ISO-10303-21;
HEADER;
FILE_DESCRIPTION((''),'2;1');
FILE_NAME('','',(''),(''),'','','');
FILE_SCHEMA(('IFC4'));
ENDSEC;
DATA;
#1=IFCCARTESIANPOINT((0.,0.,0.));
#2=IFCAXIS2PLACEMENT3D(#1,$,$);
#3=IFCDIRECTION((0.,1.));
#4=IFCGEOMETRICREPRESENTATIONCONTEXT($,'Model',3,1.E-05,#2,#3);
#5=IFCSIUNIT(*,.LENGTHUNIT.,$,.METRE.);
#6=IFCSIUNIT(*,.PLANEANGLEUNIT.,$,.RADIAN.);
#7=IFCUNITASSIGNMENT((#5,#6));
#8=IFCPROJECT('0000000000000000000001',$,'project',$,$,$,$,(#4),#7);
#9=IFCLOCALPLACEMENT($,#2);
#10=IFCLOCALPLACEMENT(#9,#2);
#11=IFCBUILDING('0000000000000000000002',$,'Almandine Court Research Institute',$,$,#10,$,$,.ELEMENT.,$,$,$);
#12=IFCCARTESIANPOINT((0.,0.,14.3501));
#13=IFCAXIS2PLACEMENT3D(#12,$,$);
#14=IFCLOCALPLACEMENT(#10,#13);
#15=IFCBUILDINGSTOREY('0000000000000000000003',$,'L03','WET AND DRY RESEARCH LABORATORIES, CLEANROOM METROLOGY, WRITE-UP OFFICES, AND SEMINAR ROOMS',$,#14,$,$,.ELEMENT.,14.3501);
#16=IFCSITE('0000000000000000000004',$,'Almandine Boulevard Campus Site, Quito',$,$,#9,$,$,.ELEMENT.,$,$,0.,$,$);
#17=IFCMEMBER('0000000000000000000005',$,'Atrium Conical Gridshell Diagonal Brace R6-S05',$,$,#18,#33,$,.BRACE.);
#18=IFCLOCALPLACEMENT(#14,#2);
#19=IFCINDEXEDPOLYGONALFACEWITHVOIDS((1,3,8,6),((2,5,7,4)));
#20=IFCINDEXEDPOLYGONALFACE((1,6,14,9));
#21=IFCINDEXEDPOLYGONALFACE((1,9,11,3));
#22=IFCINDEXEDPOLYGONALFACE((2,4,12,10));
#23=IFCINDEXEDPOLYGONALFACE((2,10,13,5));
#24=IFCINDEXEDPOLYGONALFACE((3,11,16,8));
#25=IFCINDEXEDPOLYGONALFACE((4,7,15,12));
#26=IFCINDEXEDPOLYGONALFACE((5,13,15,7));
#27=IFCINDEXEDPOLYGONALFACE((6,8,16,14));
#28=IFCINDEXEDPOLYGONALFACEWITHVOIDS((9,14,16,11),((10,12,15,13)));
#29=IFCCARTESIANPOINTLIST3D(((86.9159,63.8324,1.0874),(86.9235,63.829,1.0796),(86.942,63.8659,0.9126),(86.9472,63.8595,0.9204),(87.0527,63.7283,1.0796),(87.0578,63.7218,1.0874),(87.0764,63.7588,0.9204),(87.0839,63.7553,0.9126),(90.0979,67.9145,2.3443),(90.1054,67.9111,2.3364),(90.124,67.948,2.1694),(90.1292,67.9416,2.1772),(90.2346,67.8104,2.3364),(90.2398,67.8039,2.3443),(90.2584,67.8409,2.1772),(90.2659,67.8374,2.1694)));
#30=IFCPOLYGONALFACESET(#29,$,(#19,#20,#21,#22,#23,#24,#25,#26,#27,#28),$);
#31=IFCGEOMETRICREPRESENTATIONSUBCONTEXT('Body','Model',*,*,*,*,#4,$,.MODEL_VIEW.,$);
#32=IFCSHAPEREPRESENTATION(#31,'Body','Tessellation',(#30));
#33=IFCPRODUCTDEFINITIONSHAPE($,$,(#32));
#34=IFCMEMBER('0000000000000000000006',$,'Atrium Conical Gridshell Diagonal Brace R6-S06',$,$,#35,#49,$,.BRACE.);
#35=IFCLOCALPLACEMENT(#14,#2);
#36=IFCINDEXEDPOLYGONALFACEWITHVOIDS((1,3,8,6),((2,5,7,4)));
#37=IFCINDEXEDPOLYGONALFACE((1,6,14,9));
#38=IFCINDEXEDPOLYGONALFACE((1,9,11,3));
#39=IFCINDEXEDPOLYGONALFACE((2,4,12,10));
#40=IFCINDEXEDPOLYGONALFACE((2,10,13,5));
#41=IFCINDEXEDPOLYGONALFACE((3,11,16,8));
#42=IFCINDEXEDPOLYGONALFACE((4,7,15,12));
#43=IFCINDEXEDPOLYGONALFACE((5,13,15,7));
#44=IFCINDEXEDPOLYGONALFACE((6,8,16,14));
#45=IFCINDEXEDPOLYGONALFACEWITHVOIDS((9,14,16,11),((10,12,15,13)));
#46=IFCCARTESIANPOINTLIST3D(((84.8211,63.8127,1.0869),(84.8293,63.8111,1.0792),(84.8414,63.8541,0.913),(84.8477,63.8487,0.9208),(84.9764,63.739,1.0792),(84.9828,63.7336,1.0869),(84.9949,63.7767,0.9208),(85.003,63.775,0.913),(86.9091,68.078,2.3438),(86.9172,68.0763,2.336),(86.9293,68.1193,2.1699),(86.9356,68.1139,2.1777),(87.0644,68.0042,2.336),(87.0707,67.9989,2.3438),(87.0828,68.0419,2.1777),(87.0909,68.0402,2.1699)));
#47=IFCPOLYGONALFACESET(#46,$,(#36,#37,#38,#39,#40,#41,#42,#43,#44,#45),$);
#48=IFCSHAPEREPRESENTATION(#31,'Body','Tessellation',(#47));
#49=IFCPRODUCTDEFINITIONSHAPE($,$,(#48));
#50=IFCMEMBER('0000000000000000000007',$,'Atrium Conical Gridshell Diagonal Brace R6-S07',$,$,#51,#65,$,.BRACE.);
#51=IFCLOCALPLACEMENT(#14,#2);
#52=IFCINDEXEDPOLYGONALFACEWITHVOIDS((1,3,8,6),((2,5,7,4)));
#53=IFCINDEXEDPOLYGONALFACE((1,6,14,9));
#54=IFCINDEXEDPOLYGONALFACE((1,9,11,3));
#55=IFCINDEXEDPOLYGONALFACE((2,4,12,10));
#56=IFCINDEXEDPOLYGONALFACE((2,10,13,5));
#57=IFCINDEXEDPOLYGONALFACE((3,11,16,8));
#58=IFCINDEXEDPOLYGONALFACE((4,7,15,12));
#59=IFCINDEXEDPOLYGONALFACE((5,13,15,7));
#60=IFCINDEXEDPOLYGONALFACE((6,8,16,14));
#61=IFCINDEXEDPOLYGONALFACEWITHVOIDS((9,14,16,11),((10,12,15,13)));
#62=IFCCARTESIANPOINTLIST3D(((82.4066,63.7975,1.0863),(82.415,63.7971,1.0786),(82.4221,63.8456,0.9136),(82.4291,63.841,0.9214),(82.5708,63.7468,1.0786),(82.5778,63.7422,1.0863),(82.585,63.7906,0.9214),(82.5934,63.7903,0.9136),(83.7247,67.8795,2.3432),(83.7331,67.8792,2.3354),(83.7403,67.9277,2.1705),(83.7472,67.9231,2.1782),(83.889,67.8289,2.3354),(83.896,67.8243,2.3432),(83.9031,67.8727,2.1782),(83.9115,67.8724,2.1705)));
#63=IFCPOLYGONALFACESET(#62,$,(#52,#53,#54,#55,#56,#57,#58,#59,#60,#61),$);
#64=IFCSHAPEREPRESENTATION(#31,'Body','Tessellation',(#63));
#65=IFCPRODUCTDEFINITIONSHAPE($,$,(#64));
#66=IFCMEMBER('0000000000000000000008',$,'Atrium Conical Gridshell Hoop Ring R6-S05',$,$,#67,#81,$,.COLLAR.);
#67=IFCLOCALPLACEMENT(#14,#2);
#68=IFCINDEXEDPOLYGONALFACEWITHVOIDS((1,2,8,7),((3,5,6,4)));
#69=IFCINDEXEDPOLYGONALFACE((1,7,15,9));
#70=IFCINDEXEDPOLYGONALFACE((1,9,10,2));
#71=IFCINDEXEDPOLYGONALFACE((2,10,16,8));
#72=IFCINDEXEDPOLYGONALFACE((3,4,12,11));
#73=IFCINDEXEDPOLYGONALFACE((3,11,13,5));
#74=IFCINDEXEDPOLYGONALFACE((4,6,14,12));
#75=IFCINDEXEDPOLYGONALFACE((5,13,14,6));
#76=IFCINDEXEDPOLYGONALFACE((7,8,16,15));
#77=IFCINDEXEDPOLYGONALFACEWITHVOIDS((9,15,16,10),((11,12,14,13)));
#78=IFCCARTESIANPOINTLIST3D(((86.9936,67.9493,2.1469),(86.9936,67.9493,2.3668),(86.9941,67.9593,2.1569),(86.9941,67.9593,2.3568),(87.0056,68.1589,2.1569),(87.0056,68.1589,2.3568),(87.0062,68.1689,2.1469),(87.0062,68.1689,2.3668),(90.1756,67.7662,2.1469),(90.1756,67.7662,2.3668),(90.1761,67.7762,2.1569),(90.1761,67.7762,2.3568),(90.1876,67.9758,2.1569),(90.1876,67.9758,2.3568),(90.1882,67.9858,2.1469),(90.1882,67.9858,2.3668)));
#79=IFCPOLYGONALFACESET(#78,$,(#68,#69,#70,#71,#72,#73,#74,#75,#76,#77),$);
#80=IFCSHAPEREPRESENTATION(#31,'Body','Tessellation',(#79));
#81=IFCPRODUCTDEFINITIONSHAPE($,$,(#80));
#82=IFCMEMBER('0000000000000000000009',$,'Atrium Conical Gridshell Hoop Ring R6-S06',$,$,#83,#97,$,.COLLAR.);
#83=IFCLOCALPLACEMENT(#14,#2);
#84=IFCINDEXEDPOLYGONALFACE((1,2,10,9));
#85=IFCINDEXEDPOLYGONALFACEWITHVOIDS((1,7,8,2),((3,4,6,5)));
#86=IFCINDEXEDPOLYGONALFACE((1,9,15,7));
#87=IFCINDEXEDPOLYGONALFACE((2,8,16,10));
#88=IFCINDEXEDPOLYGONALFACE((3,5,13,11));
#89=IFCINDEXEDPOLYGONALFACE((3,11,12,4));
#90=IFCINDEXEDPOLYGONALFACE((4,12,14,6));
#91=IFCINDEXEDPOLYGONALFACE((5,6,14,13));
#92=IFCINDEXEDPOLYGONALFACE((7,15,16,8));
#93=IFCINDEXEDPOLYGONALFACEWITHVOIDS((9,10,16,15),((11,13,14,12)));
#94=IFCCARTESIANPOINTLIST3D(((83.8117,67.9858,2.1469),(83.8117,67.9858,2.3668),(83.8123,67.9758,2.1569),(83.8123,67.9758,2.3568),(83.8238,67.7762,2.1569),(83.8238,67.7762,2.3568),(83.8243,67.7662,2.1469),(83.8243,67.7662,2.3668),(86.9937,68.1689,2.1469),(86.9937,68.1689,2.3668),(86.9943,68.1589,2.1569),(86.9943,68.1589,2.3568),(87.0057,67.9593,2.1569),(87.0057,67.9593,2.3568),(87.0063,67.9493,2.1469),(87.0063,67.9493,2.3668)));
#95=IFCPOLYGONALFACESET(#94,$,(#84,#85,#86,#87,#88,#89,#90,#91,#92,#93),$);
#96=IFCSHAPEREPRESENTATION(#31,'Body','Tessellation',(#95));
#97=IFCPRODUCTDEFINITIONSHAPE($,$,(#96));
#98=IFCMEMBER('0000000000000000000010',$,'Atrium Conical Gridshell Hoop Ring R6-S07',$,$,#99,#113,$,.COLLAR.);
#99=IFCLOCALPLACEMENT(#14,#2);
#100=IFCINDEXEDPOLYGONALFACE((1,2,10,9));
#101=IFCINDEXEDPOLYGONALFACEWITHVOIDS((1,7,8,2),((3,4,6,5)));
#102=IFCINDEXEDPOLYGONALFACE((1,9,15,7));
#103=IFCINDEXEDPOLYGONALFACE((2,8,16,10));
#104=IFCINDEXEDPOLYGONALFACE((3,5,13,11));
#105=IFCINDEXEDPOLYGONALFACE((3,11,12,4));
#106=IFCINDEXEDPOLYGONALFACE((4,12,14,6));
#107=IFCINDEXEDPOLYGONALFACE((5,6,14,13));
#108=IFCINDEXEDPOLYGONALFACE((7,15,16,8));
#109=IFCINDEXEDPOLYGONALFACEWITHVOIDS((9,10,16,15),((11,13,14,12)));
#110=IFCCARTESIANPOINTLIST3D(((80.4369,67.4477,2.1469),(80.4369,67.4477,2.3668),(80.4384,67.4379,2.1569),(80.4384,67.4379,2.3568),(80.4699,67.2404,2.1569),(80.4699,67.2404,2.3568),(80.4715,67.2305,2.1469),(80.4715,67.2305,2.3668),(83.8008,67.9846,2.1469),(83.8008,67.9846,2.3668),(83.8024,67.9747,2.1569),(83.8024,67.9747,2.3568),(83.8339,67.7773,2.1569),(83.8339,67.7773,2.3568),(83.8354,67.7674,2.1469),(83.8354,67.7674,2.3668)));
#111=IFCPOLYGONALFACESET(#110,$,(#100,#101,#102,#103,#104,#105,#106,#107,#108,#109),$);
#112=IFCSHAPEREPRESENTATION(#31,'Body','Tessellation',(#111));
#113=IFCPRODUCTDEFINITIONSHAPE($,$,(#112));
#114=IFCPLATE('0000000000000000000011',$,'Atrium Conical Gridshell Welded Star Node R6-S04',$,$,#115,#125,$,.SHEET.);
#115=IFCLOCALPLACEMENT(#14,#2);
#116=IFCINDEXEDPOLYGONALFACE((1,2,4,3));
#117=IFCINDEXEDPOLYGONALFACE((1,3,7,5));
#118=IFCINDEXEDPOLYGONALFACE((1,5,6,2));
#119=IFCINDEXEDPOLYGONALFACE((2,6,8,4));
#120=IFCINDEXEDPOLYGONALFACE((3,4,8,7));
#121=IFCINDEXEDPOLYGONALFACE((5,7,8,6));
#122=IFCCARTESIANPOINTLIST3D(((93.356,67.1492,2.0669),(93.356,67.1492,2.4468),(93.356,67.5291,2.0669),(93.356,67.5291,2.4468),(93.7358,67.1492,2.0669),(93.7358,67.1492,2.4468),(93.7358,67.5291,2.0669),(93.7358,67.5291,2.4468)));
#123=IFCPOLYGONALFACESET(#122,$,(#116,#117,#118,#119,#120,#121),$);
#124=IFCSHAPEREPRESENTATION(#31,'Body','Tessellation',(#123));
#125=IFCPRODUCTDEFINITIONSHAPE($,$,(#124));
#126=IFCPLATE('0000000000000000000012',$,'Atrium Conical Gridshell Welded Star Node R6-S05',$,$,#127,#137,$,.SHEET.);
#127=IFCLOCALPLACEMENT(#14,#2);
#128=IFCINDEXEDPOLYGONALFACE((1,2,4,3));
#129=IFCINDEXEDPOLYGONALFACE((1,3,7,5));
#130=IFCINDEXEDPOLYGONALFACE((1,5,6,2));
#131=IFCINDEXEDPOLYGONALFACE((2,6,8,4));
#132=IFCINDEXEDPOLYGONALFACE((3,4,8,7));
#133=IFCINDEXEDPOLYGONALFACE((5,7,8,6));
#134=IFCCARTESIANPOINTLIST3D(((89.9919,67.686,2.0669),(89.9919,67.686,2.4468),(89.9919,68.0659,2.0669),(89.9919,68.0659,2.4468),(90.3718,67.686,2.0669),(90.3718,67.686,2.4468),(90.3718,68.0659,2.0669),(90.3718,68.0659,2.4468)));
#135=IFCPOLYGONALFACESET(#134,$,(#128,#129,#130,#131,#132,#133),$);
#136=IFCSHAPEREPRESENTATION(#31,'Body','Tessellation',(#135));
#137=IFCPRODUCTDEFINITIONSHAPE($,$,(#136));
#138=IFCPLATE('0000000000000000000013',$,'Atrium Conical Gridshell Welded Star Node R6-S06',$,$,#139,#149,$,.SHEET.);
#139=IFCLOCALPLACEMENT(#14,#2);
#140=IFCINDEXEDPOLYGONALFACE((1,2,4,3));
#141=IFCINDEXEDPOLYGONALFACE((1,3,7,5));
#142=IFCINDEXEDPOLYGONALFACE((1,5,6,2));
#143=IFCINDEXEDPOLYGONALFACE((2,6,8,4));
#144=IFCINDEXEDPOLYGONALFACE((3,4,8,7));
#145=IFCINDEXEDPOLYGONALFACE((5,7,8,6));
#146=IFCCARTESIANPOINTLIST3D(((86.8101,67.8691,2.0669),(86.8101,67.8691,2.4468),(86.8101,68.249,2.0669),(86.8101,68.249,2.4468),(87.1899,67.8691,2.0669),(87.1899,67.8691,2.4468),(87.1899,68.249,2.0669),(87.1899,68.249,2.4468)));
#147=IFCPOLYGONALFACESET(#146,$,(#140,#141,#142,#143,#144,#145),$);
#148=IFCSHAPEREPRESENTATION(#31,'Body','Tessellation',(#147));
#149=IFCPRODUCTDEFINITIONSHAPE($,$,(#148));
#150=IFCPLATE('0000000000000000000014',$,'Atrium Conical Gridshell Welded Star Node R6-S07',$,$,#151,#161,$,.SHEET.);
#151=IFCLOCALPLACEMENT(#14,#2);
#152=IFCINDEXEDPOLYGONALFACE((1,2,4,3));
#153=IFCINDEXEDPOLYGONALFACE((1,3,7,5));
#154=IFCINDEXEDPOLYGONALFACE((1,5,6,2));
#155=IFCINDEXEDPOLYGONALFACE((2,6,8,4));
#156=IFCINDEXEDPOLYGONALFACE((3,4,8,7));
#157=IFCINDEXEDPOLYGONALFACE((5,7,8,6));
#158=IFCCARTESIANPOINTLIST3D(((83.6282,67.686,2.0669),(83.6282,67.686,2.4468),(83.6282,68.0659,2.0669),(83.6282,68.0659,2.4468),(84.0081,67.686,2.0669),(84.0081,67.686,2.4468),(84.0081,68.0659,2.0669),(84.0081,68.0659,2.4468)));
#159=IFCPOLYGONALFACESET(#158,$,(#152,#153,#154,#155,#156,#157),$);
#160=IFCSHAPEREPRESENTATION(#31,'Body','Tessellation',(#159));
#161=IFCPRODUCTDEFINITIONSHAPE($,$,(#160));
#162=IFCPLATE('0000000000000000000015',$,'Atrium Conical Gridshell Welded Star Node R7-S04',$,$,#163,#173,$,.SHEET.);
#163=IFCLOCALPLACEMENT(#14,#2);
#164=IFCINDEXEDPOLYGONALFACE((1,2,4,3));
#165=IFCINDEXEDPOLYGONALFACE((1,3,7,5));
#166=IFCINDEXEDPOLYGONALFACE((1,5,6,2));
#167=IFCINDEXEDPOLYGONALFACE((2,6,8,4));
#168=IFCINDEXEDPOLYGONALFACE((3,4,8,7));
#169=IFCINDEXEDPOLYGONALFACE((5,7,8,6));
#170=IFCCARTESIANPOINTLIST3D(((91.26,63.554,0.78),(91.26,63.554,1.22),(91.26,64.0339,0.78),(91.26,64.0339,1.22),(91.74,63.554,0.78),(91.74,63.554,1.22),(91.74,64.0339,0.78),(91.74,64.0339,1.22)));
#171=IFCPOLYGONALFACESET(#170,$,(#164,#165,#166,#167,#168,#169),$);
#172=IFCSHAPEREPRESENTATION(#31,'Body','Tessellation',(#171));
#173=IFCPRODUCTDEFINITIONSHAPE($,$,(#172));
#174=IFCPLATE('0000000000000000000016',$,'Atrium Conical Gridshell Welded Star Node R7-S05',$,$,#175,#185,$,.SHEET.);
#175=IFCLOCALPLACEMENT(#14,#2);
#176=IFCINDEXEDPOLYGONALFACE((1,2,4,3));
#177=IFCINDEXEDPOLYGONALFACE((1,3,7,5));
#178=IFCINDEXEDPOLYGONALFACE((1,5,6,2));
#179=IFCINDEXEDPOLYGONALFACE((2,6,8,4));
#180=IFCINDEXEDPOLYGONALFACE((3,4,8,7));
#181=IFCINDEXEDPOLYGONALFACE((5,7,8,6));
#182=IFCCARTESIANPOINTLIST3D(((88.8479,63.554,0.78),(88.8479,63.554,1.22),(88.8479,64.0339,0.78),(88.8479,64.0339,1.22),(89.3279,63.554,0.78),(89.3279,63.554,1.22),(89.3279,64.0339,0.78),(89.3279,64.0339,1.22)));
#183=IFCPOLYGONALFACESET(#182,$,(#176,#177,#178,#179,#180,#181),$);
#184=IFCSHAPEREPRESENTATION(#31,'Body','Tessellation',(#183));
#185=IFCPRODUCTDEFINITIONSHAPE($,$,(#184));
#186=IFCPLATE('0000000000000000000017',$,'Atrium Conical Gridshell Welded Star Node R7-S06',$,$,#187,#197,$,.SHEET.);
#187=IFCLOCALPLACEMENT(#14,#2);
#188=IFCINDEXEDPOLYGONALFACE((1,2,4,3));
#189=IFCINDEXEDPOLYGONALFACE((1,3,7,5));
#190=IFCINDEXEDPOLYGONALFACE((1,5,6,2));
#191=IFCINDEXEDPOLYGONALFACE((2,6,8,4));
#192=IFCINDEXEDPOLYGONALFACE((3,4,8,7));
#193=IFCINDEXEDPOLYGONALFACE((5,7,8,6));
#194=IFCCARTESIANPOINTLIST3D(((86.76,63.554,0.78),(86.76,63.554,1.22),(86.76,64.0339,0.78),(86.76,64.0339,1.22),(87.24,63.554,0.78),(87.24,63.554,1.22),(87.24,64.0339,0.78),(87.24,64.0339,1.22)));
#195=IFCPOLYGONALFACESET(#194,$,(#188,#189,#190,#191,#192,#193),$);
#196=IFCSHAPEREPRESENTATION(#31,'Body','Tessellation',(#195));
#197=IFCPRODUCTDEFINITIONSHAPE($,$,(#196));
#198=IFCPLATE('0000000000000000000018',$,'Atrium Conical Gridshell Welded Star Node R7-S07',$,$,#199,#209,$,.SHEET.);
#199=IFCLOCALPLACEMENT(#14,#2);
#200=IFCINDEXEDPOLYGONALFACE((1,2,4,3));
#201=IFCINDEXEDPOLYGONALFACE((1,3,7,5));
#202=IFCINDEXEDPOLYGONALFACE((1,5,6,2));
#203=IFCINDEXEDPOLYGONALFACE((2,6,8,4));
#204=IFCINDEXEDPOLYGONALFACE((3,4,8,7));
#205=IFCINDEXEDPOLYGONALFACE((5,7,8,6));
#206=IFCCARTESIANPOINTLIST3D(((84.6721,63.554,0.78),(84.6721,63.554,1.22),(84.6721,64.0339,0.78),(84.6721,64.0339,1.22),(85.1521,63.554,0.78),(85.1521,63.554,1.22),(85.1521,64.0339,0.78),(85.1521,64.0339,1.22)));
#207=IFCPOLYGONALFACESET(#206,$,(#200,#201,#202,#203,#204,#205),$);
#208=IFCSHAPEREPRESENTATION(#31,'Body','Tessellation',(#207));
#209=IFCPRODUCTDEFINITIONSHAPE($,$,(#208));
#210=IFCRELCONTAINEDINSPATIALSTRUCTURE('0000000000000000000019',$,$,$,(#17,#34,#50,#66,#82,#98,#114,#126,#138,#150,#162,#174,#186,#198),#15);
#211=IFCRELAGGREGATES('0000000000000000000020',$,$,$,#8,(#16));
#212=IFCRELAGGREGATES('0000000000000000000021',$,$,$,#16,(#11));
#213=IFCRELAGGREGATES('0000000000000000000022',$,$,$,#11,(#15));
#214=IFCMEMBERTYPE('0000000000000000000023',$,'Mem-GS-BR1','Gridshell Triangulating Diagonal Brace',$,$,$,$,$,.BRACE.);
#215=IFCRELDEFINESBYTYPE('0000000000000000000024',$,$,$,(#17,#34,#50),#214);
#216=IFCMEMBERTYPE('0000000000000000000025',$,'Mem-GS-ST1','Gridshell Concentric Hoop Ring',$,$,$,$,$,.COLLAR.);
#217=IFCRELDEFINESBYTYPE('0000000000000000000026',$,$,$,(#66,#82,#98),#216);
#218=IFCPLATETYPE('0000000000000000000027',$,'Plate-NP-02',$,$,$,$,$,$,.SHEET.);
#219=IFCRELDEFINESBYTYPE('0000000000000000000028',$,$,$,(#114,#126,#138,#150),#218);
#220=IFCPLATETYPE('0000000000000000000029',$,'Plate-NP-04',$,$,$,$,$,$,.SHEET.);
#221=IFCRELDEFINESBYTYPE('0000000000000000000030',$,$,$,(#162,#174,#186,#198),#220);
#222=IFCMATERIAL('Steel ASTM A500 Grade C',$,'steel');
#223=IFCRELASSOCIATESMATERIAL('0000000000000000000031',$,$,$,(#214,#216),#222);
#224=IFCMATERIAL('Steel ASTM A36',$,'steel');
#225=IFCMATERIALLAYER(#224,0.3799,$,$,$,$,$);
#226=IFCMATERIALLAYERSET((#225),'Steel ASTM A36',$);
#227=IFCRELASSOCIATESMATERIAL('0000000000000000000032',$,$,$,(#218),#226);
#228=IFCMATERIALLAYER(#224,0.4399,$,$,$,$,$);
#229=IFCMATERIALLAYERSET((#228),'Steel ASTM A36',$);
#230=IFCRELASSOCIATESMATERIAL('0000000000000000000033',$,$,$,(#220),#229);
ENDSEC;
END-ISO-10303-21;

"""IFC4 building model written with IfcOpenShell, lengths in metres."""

from ifc_helpers import new_model, si_unit, direction, frame, origin, origin_2d, place, context, subcontext, project, spatial, rectangle, hollow_rectangle, extrude, material, layer, layer_set, material_profile, profile_set, type_object, element, save


model = new_model("IFC4")

# Units and contexts
model_context = context("Model", 3, precision=1e-05, world=origin(), true_north=direction((0.0, 1.0)))
body_context = subcontext(model_context, "Body", "Model", "MODEL_VIEW")
ifc_project = project(units=[si_unit("LENGTHUNIT", "METRE"), si_unit("PLANEANGLEUNIT", "RADIAN")], contexts=[model_context])

# Site, building, storey
site_placement = place(None, origin())
site = spatial("IfcSite", under=ifc_project, at=site_placement, Name="Almandine Boulevard Campus Site, Quito", CompositionType="ELEMENT", RefElevation=0.0)
building_placement = place(site_placement, origin())
building = spatial("IfcBuilding", under=site, at=building_placement, Name="Almandine Court Research Institute", CompositionType="ELEMENT")
storey_placement = place(building_placement, frame((0.0, 0.0, 14.3501)))
storey = spatial("IfcBuildingStorey", under=building, at=storey_placement, Name="L03", Description="WET AND DRY RESEARCH LABORATORIES, CLEANROOM METROLOGY, WRITE-UP OFFICES, AND SEMINAR ROOMS", CompositionType="ELEMENT", Elevation=14.3501)

# Shared definitions
ifc_material_1 = material(Name="Steel ASTM A500 Grade C", Category="steel")

# Members
ifc_material_profile_1 = material_profile(ifc_material_1, hollow_rectangle(XDim=0.1799, YDim=0.1799, WallThickness=0.0081, at=origin_2d()), Name="HSS 180x180x8")
ifc_profile_set_1 = profile_set([ifc_material_profile_1], Name="Steel ASTM A500 Grade C")
member_type_1 = type_object("IfcMemberType", Name="Mem-GS-BR1", Description="Gridshell Triangulating Diagonal Brace", PredefinedType="BRACE", material=ifc_profile_set_1)
member_1_placement = place(storey_placement, frame((90.1819, 67.876, 2.2568), z_axis=(-0.597417, -0.766425, -0.235978), x_axis=(0.788699, -0.61478, 0.0)))
element("IfcMember", 1, at=member_1_placement, inside=storey, type_object=member_type_1, Name="Atrium Conical Gridshell Diagonal Brace R6-S05", PredefinedType="BRACE", context=body_context, shape_type="SweptSolid", body=[
    extrude(hollow_rectangle(XDim=0.1799, YDim=0.1799, WallThickness=0.0081, at=origin_2d()), origin(), (0.0, 0.0, 1.0), 5.3262),
])
member_2_placement = place(storey_placement, frame((87.0, 68.0591, 2.2568), z_axis=(-0.425037, -0.868263, -0.255857), x_axis=(0.898159, -0.439671, 0.0)))
element("IfcMember", 2, at=member_2_placement, inside=storey, type_object=member_type_1, Name="Atrium Conical Gridshell Diagonal Brace R6-S06", PredefinedType="BRACE", context=body_context, shape_type="SweptSolid", body=[
    extrude(hollow_rectangle(XDim=0.1799, YDim=0.1799, WallThickness=0.0081, at=origin_2d()), origin(), (0.0, 0.0, 1.0), 4.9124),
])
member_3_placement = place(storey_placement, frame((83.8181, 67.876, 2.2568), z_axis=(-0.294887, -0.913226, -0.281177), x_axis=(0.951618, -0.307284, 0.0)))
element("IfcMember", 3, at=member_3_placement, inside=storey, type_object=member_type_1, Name="Atrium Conical Gridshell Diagonal Brace R6-S07", PredefinedType="BRACE", context=body_context, shape_type="SweptSolid", body=[
    extrude(hollow_rectangle(XDim=0.1799, YDim=0.1799, WallThickness=0.0081, at=origin_2d()), origin(), (0.0, 0.0, 1.0), 4.47),
])
ifc_material_profile_2 = material_profile(ifc_material_1, hollow_rectangle(XDim=0.22, YDim=0.22, WallThickness=0.01, at=origin_2d()), Name="HSS 220x220x10")
ifc_profile_set_2 = profile_set([ifc_material_profile_2], Name="Steel ASTM A500 Grade C")
member_type_2 = type_object("IfcMemberType", Name="Mem-GS-ST1", Description="Gridshell Concentric Hoop Ring", PredefinedType="COLLAR", material=ifc_profile_set_2)
for number, where, z_axis, x_axis, name in (
    (4, (90.1819, 67.876, 2.2568), (-0.998348, 0.057451, 0.0), (-0.057451, -0.998348, 0.0), "Atrium Conical Gridshell Hoop Ring R6-S05"),
    (5, (87.0, 68.0591, 2.2568), (-0.998348, -0.057451, 0.0), (0.057451, -0.998348, 0.0), "Atrium Conical Gridshell Hoop Ring R6-S06"),
):
    element("IfcMember", number, at=place(storey_placement, frame(where, z_axis=z_axis, x_axis=x_axis)), inside=storey, type_object=member_type_2, Name=name, PredefinedType="COLLAR", context=body_context, shape_type="SweptSolid", body=[
        extrude(hollow_rectangle(XDim=0.22, YDim=0.22, WallThickness=0.01, at=origin_2d()), origin(), (0.0, 0.0, 1.0), 3.1873),
    ])
member_4_placement = place(storey_placement, frame((83.8181, 67.876, 2.2568), z_axis=(-0.987504, -0.157596, 0.0), x_axis=(0.157596, -0.987504, 0.0)))
element("IfcMember", 6, at=member_4_placement, inside=storey, type_object=member_type_2, Name="Atrium Conical Gridshell Hoop Ring R6-S07", PredefinedType="COLLAR", context=body_context, shape_type="SweptSolid", body=[
    extrude(hollow_rectangle(XDim=0.22, YDim=0.22, WallThickness=0.01, at=origin_2d()), origin(), (0.0, 0.0, 1.0), 3.4065),
])

# Plates
ifc_material_2 = material(Name="Steel ASTM A36", Category="steel")
ifc_layer_1 = layer(ifc_material_2, 0.3799)
ifc_layer_set_1 = layer_set([ifc_layer_1], Name="Steel ASTM A36")
plate_type_1 = type_object("IfcPlateType", Name="Plate-NP-02", PredefinedType="SHEET", material=ifc_layer_set_1)
for number, where, z_axis, x_axis, name in (
    (7, (93.5459, 67.3391, 2.0669), (0.0, 0.0, 1.0), (1.0, 0.0, 0.0), "Atrium Conical Gridshell Welded Star Node R6-S04"),
    (8, (90.1819, 67.876, 2.0669), (0.0, 0.0, 1.0), (1.0, 0.0, 0.0), "Atrium Conical Gridshell Welded Star Node R6-S05"),
    (9, (87.0, 68.0591, 2.0669), (0.0, 0.0, 1.0), (1.0, 0.0, 0.0), "Atrium Conical Gridshell Welded Star Node R6-S06"),
    (10, (83.8181, 67.876, 2.0669), (0.0, 0.0, 1.0), (1.0, 0.0, 0.0), "Atrium Conical Gridshell Welded Star Node R6-S07"),
):
    element("IfcPlate", number, at=place(storey_placement, frame(where, z_axis=z_axis, x_axis=x_axis)), inside=storey, type_object=plate_type_1, Name=name, PredefinedType="SHEET", context=body_context, shape_type="SweptSolid", body=[
        extrude(rectangle(XDim=0.3799, YDim=0.3799, at=origin_2d()), origin(), (0.0, 0.0, 1.0), 0.3799),
    ])
ifc_layer_2 = layer(ifc_material_2, 0.4399)
ifc_layer_set_2 = layer_set([ifc_layer_2], Name="Steel ASTM A36")
plate_type_2 = type_object("IfcPlateType", Name="Plate-NP-04", PredefinedType="SHEET", material=ifc_layer_set_2)
for number, where, z_axis, x_axis, name in (
    (11, (91.5, 63.7939, 0.78), (0.0, 0.0, 1.0), (1.0, 0.0, 0.0), "Atrium Conical Gridshell Welded Star Node R7-S04"),
    (12, (89.0879, 63.7939, 0.78), (0.0, 0.0, 1.0), (1.0, 0.0, 0.0), "Atrium Conical Gridshell Welded Star Node R7-S05"),
    (13, (87.0, 63.7939, 0.78), (0.0, 0.0, 1.0), (1.0, 0.0, 0.0), "Atrium Conical Gridshell Welded Star Node R7-S06"),
    (14, (84.9121, 63.7939, 0.78), (0.0, 0.0, 1.0), (1.0, 0.0, 0.0), "Atrium Conical Gridshell Welded Star Node R7-S07"),
):
    element("IfcPlate", number, at=place(storey_placement, frame(where, z_axis=z_axis, x_axis=x_axis)), inside=storey, type_object=plate_type_2, Name=name, PredefinedType="SHEET", context=body_context, shape_type="SweptSolid", body=[
        extrude(rectangle(XDim=0.48, YDim=0.48, at=origin_2d()), origin(), (0.0, 0.0, 1.0), 0.4399),
    ])

save(model, "model.ifc")
